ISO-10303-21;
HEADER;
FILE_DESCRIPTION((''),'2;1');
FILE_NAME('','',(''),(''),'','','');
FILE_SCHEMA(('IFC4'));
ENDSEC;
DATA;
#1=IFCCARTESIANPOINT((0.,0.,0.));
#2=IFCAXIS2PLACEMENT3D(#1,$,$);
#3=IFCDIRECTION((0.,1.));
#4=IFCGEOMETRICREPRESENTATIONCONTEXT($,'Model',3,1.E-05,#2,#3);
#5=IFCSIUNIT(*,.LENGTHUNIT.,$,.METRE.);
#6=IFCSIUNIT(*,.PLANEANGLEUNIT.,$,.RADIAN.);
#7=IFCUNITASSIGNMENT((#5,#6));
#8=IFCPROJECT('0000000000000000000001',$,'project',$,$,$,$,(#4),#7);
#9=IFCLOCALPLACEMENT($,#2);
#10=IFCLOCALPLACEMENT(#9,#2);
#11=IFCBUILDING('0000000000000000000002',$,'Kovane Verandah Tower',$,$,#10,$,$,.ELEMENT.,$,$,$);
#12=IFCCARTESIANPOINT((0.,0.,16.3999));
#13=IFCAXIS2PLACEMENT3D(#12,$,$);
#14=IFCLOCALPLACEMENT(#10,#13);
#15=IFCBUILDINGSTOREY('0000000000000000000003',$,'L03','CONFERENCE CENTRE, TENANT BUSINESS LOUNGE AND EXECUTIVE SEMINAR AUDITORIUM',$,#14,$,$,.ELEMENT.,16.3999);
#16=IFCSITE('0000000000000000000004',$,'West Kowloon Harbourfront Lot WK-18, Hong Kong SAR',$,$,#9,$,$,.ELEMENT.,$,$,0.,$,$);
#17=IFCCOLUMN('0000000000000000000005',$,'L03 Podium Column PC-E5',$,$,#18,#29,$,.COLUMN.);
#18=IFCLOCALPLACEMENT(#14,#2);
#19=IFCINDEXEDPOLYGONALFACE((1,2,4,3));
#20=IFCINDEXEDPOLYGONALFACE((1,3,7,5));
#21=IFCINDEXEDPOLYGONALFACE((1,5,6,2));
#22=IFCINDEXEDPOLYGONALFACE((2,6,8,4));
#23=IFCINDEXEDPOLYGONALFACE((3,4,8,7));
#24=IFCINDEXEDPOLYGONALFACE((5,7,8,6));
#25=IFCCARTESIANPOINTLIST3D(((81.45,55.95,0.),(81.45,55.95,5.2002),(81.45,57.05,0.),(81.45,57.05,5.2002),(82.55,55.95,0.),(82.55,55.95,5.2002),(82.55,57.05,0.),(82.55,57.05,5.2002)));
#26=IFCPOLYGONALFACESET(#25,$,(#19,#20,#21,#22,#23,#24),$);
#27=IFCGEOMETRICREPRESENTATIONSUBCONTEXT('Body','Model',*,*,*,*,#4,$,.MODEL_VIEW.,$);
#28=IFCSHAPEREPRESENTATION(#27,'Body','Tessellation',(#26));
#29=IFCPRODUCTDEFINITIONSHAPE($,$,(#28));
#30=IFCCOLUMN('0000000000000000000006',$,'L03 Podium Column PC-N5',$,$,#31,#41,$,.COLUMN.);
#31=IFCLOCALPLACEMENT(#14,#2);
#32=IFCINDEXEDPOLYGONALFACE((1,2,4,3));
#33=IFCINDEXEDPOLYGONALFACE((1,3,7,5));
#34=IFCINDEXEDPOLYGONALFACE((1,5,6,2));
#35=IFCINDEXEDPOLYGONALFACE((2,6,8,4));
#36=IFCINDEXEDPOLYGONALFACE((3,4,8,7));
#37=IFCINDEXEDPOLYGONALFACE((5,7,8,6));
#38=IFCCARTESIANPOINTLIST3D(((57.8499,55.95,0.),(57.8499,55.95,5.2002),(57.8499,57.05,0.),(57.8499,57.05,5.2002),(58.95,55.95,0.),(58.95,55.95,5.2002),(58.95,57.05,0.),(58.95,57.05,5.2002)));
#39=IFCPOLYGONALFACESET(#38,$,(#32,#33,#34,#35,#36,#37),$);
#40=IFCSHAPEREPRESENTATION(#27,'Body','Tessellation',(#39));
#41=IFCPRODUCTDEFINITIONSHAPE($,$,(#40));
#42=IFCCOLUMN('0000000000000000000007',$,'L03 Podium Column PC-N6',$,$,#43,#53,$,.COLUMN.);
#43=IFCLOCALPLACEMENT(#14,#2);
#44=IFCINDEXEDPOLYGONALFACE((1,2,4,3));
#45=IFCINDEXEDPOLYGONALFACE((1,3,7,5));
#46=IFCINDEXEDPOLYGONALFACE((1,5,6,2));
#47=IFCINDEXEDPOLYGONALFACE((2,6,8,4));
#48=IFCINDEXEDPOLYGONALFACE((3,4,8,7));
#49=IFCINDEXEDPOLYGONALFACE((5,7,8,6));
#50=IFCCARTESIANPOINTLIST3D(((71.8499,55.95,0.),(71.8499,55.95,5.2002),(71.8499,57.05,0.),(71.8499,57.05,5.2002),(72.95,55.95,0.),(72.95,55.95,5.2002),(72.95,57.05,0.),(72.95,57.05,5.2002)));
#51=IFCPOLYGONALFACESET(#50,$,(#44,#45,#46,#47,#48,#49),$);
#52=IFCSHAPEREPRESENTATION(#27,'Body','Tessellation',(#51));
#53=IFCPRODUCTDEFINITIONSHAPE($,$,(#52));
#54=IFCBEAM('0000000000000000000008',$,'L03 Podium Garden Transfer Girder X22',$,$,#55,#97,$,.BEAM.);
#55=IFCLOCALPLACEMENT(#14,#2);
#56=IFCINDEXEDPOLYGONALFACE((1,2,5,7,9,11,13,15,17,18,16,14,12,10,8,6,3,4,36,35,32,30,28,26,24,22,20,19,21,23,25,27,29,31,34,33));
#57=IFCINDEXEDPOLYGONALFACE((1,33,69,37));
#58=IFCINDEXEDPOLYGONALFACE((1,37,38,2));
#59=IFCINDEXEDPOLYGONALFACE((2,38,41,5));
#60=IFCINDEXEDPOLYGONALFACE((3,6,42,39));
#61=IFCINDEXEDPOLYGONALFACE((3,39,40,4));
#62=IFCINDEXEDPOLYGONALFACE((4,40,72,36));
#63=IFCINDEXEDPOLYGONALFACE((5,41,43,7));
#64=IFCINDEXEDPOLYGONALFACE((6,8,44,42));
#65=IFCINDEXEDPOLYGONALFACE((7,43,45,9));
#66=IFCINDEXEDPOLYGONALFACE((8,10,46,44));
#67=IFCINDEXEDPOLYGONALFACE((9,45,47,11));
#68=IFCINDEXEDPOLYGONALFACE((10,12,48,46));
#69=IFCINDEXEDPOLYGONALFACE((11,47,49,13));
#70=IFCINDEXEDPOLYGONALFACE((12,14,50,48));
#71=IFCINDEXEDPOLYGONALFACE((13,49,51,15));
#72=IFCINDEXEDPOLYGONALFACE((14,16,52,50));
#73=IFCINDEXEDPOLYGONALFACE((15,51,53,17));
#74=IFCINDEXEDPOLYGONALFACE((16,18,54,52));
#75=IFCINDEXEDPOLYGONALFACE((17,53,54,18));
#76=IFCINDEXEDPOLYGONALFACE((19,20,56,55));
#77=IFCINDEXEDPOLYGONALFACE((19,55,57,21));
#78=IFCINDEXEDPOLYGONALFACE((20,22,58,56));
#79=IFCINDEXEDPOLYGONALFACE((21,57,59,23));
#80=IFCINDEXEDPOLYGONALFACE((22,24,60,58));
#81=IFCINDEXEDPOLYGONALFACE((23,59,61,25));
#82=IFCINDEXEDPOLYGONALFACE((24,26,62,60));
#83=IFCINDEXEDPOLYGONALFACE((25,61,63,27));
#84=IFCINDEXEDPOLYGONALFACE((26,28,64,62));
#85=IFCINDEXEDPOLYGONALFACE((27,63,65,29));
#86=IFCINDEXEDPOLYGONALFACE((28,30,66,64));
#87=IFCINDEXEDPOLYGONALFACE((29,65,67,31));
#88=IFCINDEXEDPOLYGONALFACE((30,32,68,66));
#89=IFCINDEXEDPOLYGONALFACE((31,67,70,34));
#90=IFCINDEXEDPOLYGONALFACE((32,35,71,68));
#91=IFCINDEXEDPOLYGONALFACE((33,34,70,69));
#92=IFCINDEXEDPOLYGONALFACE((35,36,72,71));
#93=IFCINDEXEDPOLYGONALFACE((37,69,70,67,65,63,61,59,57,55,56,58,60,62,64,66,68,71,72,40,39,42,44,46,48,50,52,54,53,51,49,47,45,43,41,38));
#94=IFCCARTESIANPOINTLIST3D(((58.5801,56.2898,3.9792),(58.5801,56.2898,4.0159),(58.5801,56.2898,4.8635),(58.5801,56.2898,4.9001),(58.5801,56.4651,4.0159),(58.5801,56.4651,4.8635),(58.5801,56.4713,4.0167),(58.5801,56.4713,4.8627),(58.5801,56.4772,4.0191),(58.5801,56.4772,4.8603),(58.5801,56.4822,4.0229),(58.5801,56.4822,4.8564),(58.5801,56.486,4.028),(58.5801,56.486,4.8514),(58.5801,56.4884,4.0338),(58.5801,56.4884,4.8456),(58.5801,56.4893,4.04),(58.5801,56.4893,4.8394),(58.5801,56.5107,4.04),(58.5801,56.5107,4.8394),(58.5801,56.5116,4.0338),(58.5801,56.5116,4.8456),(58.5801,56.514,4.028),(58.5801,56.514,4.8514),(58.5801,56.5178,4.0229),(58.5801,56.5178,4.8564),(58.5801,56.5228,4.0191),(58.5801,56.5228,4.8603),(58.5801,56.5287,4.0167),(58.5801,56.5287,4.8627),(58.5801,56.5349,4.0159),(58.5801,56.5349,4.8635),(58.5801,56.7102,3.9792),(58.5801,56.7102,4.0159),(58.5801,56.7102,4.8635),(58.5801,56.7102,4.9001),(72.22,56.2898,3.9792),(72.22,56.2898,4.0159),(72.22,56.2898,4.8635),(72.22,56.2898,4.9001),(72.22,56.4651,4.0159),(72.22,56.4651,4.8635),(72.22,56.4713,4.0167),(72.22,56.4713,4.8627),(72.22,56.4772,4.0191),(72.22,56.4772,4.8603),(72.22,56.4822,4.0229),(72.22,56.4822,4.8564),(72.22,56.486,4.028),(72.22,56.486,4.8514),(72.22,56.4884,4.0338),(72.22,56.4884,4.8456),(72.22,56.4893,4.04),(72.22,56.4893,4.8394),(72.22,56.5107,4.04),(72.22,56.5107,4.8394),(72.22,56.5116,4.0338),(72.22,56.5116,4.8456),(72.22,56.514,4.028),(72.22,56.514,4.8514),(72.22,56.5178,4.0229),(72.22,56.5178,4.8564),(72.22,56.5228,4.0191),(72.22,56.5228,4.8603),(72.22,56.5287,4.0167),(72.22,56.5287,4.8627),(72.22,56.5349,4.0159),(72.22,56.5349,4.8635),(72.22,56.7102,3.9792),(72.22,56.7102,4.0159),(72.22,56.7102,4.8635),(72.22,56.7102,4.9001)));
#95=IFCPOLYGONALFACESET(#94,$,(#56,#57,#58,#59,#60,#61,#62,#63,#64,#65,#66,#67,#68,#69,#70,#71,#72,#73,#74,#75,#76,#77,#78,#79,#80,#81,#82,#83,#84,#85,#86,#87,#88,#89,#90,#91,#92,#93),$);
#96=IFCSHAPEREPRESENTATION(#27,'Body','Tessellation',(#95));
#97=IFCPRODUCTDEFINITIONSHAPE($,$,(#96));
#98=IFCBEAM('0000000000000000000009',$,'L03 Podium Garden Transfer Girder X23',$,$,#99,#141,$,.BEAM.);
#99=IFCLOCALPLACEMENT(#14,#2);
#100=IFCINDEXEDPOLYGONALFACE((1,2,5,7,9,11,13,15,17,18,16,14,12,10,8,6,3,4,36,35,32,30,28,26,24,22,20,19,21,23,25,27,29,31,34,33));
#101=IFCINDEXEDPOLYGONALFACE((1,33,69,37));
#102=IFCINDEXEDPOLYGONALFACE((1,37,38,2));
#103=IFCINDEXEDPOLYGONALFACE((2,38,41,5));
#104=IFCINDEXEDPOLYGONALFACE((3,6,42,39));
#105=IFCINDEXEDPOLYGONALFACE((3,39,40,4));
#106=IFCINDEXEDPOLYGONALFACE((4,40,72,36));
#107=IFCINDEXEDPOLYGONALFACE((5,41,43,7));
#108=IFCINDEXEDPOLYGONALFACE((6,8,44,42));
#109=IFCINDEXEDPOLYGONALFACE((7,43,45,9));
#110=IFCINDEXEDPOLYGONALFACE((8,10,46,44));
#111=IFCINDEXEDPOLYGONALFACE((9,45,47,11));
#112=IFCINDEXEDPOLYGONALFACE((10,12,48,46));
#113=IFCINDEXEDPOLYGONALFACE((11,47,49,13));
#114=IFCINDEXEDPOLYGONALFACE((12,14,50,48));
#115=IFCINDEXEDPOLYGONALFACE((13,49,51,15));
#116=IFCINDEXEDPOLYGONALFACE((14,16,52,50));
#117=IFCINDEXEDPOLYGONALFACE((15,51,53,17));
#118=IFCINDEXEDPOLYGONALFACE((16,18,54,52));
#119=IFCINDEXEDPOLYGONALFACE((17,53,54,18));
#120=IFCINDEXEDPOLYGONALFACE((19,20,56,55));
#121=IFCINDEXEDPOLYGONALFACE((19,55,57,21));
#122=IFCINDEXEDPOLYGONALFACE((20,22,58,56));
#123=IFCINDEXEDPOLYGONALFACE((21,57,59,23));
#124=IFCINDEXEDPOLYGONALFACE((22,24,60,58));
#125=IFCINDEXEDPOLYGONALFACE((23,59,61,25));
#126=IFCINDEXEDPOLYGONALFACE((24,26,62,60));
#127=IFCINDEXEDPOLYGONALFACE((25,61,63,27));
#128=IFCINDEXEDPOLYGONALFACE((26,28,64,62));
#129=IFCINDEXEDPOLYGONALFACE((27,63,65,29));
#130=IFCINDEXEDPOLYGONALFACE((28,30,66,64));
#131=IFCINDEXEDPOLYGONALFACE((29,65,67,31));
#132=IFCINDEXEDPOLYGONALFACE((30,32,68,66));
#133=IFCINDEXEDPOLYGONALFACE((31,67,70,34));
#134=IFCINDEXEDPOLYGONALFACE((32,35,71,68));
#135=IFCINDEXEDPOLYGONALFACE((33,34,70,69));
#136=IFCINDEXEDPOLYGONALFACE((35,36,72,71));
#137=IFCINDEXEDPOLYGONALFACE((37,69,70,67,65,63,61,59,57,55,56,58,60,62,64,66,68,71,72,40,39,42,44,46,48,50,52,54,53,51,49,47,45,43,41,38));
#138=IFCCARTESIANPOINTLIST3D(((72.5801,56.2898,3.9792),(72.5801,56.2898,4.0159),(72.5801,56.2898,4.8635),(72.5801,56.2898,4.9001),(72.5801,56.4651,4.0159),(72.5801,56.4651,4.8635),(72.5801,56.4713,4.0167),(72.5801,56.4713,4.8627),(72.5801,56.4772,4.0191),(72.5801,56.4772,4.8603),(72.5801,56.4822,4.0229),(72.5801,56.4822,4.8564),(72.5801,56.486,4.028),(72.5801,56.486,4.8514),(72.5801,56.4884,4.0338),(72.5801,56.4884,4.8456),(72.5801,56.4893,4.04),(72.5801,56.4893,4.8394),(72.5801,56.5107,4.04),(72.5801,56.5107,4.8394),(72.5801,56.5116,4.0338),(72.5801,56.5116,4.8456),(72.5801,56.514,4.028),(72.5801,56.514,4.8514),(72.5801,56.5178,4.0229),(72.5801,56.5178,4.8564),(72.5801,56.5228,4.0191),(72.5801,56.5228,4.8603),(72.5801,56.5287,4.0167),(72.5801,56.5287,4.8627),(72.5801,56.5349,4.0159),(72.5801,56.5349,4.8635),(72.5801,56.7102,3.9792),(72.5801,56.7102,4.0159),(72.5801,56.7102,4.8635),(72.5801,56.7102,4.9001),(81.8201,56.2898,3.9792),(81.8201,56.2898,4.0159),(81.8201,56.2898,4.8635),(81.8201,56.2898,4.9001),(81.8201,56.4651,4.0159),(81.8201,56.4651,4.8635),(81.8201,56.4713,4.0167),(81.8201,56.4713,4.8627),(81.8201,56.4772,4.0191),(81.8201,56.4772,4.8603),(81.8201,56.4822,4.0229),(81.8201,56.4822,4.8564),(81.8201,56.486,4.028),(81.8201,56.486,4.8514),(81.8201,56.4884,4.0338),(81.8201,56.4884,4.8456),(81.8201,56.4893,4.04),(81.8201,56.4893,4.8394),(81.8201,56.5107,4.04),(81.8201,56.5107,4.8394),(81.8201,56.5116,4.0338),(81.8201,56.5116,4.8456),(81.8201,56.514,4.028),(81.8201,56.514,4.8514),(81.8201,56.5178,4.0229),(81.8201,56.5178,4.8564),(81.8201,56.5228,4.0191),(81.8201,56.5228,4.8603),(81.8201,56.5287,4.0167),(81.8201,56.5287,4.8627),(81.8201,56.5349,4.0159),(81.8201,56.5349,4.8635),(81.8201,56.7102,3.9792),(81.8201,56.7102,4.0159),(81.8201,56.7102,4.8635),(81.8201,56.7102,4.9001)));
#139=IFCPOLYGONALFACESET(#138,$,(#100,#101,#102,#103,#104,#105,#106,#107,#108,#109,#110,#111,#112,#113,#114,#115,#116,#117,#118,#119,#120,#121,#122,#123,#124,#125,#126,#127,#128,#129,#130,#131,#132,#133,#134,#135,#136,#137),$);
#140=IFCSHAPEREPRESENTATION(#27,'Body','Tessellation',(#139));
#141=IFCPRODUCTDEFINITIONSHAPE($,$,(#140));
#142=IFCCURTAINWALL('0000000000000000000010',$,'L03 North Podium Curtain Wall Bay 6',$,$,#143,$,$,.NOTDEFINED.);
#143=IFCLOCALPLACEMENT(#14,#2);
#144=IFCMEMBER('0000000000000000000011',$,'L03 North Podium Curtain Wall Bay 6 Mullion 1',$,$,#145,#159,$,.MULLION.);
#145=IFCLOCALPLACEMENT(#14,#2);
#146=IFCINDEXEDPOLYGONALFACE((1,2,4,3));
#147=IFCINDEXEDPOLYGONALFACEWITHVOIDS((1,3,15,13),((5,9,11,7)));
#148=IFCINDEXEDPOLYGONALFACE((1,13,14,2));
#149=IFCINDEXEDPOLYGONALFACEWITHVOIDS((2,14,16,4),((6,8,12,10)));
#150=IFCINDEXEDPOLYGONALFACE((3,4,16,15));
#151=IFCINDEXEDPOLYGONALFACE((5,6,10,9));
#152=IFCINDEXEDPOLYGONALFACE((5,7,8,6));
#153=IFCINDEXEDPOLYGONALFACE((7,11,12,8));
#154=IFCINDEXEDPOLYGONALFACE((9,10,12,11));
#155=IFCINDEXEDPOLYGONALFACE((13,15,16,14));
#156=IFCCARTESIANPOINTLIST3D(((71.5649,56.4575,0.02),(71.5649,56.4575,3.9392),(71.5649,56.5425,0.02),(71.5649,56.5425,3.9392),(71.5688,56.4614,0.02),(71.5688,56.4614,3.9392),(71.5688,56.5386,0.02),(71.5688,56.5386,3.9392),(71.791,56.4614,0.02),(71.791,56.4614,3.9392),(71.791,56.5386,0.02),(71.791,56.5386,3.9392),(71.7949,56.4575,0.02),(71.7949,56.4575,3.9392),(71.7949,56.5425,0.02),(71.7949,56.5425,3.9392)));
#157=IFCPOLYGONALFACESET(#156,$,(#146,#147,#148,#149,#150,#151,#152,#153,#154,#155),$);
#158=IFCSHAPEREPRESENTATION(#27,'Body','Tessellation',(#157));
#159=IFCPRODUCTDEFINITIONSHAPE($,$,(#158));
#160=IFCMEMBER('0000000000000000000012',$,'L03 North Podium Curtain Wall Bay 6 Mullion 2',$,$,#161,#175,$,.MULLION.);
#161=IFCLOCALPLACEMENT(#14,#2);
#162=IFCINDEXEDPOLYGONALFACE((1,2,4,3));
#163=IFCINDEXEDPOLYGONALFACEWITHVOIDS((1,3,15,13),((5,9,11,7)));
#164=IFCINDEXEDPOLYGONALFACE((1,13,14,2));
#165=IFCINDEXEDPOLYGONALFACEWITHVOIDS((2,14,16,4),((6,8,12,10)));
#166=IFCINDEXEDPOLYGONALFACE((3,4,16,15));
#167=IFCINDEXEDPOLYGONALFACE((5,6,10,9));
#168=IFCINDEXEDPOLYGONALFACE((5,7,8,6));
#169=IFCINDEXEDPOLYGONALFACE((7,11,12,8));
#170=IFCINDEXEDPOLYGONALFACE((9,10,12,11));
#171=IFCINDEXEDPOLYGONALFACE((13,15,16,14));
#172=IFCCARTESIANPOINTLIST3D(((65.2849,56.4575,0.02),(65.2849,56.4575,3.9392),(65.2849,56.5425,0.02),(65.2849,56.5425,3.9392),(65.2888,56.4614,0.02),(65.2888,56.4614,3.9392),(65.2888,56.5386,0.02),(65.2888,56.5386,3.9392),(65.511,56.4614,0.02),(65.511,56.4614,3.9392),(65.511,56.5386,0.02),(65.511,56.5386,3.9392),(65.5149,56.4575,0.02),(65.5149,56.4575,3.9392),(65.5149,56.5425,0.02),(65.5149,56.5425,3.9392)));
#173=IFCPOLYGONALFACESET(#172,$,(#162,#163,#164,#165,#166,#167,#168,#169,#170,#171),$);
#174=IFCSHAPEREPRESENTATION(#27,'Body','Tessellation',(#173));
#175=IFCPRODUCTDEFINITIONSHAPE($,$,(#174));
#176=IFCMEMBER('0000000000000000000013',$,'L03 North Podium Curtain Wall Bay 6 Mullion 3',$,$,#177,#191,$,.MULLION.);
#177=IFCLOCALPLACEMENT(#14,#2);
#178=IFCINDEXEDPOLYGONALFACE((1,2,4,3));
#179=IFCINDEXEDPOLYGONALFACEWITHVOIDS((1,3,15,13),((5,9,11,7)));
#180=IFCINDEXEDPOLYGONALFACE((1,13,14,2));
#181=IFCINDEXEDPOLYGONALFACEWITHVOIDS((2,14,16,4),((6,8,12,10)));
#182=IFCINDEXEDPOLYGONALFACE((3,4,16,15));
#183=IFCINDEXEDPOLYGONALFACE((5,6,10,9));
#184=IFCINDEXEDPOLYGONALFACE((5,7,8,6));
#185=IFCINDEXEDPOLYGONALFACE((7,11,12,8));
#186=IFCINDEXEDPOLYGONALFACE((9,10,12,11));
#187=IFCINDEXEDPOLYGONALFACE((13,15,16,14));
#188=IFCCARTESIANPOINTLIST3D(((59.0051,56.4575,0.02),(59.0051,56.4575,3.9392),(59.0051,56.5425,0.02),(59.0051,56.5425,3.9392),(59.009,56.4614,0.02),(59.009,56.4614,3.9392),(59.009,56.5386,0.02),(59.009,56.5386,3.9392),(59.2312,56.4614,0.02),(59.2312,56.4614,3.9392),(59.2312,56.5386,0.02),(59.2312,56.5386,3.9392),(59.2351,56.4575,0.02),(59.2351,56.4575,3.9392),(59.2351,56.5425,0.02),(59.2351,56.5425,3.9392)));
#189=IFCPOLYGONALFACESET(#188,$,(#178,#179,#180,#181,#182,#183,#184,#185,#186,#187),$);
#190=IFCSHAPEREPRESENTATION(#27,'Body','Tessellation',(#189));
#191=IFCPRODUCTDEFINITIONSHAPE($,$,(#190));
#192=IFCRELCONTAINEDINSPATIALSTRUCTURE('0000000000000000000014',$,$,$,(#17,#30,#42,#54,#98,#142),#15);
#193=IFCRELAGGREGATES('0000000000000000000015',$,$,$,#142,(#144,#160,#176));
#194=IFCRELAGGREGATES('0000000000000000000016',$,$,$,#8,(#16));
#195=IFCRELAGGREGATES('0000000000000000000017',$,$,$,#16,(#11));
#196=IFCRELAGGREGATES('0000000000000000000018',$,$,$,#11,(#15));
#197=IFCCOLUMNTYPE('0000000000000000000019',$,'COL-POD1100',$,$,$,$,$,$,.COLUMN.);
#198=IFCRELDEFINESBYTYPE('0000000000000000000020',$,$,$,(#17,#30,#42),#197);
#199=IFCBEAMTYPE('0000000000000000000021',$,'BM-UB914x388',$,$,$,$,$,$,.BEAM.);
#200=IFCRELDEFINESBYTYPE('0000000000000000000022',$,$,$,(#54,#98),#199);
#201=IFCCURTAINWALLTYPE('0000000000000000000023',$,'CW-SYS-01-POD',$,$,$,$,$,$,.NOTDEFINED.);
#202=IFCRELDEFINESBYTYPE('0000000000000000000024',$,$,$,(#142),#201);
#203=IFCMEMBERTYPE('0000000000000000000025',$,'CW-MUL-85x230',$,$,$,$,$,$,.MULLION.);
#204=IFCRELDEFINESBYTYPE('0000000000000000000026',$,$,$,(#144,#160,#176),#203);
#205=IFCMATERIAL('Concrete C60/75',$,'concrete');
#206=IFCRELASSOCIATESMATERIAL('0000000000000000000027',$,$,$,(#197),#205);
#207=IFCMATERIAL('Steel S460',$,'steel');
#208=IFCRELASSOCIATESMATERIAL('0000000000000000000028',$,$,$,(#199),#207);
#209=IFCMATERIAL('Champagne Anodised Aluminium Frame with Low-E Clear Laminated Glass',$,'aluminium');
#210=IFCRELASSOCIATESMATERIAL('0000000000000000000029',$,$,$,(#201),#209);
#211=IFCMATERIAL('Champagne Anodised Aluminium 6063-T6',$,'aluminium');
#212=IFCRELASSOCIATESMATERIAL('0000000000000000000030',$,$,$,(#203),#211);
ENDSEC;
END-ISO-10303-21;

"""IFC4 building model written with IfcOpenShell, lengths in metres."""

from ifc_helpers import new_model, si_unit, direction, frame, origin, origin_2d, place, context, subcontext, project, spatial, rectangle, hollow_rectangle, i_section, extrude, material, material_profile, profile_set, type_object, element, aggregate, save


model = new_model("IFC4")

# Units and contexts
model_context = context("Model", 3, precision=1e-05, world=origin(), true_north=direction((0.0, 1.0)))
body_context = subcontext(model_context, "Body", "Model", "MODEL_VIEW")
ifc_project = project(units=[si_unit("LENGTHUNIT", "METRE"), si_unit("PLANEANGLEUNIT", "RADIAN")], contexts=[model_context])

# Site, building, storey
site_placement = place(None, origin())
site = spatial("IfcSite", under=ifc_project, at=site_placement, Name="West Kowloon Harbourfront Lot WK-18, Hong Kong SAR", CompositionType="ELEMENT", RefElevation=0.0)
building_placement = place(site_placement, origin())
building = spatial("IfcBuilding", under=site, at=building_placement, Name="Kovane Verandah Tower", CompositionType="ELEMENT")
storey_placement = place(building_placement, frame((0.0, 0.0, 16.3999)))
storey = spatial("IfcBuildingStorey", under=building, at=storey_placement, Name="L03", Description="CONFERENCE CENTRE, TENANT BUSINESS LOUNGE AND EXECUTIVE SEMINAR AUDITORIUM", CompositionType="ELEMENT", Elevation=16.3999)

# Columns
ifc_material_1 = material(Name="Concrete C60/75", Category="concrete")
ifc_material_profile_1 = material_profile(ifc_material_1, rectangle(XDim=1.1001, YDim=1.1001, at=origin_2d()), Name="RC1100x1100")
ifc_profile_set_1 = profile_set([ifc_material_profile_1], Name="Concrete C60/75")
column_type = type_object("IfcColumnType", Name="COL-POD1100", PredefinedType="COLUMN", material=ifc_profile_set_1)
for number, where, z_axis, x_axis, name in (
    (1, (82.0, 56.5, 0.0), (0.0, 0.0, 1.0), (1.0, 0.0, 0.0), "L03 Podium Column PC-E5"),
    (2, (58.3999, 56.5, 0.0), (0.0, 0.0, 1.0), (1.0, 0.0, 0.0), "L03 Podium Column PC-N5"),
    (3, (72.3999, 56.5, 0.0), (0.0, 0.0, 1.0), (1.0, 0.0, 0.0), "L03 Podium Column PC-N6"),
):
    element("IfcColumn", number, at=place(storey_placement, frame(where, z_axis=z_axis, x_axis=x_axis)), inside=storey, type_object=column_type, Name=name, PredefinedType="COLUMN", context=body_context, shape_type="SweptSolid", body=[
        extrude(rectangle(XDim=1.1001, YDim=1.1001, at=origin_2d()), origin(), (0.0, 0.0, 1.0), 5.2002),
    ])

# Beams
ifc_material_2 = material(Name="Steel S460", Category="steel")
ifc_material_profile_2 = material_profile(ifc_material_2, i_section(OverallWidth=0.4204, OverallDepth=0.9209, WebThickness=0.0215, FlangeThickness=0.0366, FilletRadius=0.0242, at=origin_2d()), Name="UB914x419x388")
ifc_profile_set_2 = profile_set([ifc_material_profile_2], Name="Steel S460")
beam_type_1 = type_object("IfcBeamType", Name="BM-UB914x388", PredefinedType="BEAM", material=ifc_profile_set_2)
beam_1_placement = place(storey_placement, frame((58.5801, 56.5, 4.4397), z_axis=(1.0, 0.0, 0.0), x_axis=(0.0, 1.0, 0.0)))
element("IfcBeam", 4, at=beam_1_placement, inside=storey, type_object=beam_type_1, Name="L03 Podium Garden Transfer Girder X22", PredefinedType="BEAM", context=body_context, shape_type="SweptSolid", body=[
    extrude(i_section(OverallWidth=0.4204, OverallDepth=0.9209, WebThickness=0.0215, FlangeThickness=0.0366, FilletRadius=0.0242, at=origin_2d()), origin(), (0.0, 0.0, 1.0), 13.6399),
])
beam_2_placement = place(storey_placement, frame((72.5801, 56.5, 4.4397), z_axis=(1.0, 0.0, 0.0), x_axis=(0.0, 1.0, 0.0)))
element("IfcBeam", 5, at=beam_2_placement, inside=storey, type_object=beam_type_1, Name="L03 Podium Garden Transfer Girder X23", PredefinedType="BEAM", context=body_context, shape_type="SweptSolid", body=[
    extrude(i_section(OverallWidth=0.4204, OverallDepth=0.9209, WebThickness=0.0215, FlangeThickness=0.0366, FilletRadius=0.0242, at=origin_2d()), origin(), (0.0, 0.0, 1.0), 9.24),
])

# Curtain wall, members
ifc_material_3 = material(Name="Champagne Anodised Aluminium Frame with Low-E Clear Laminated Glass", Category="aluminium")
curtain_wall_type = type_object("IfcCurtainWallType", Name="CW-SYS-01-POD", PredefinedType="NOTDEFINED", material=ifc_material_3)
curtain_wall_1_placement = place(storey_placement, origin())
curtain_wall_1 = element("IfcCurtainWall", 6, at=curtain_wall_1_placement, inside=storey, type_object=curtain_wall_type, Name="L03 North Podium Curtain Wall Bay 6", PredefinedType="NOTDEFINED")
ifc_material_4 = material(Name="Champagne Anodised Aluminium 6063-T6", Category="aluminium")
ifc_material_profile_3 = material_profile(ifc_material_4, hollow_rectangle(XDim=0.085, YDim=0.23, WallThickness=0.0039, at=origin_2d()), Name="AL85x230x4")
ifc_profile_set_3 = profile_set([ifc_material_profile_3], Name="Champagne Anodised Aluminium 6063-T6")
member_type_1 = type_object("IfcMemberType", Name="CW-MUL-85x230", PredefinedType="MULLION", material=ifc_profile_set_3)
member_1_placement = place(storey_placement, frame((71.6799, 56.5, 0.02), z_axis=(0.0, 0.0, 1.0), x_axis=(0.0, 1.0, 0.0)))
member_1 = element("IfcMember", 7, at=member_1_placement, type_object=member_type_1, Name="L03 North Podium Curtain Wall Bay 6 Mullion 1", PredefinedType="MULLION", context=body_context, shape_type="SweptSolid", body=[
    extrude(hollow_rectangle(XDim=0.085, YDim=0.23, WallThickness=0.0039, at=origin_2d()), origin(), (0.0, 0.0, 1.0), 3.9192),
])
member_2_placement = place(storey_placement, frame((65.3999, 56.5, 0.02), z_axis=(0.0, 0.0, 1.0), x_axis=(0.0, 1.0, 0.0)))
member_2 = element("IfcMember", 8, at=member_2_placement, type_object=member_type_1, Name="L03 North Podium Curtain Wall Bay 6 Mullion 2", PredefinedType="MULLION", context=body_context, shape_type="SweptSolid", body=[
    extrude(hollow_rectangle(XDim=0.085, YDim=0.23, WallThickness=0.0039, at=origin_2d()), origin(), (0.0, 0.0, 1.0), 3.9192),
])
member_3_placement = place(storey_placement, frame((59.1201, 56.5, 0.02), z_axis=(0.0, 0.0, 1.0), x_axis=(0.0, 1.0, 0.0)))
member_3 = element("IfcMember", 9, at=member_3_placement, type_object=member_type_1, Name="L03 North Podium Curtain Wall Bay 6 Mullion 3", PredefinedType="MULLION", context=body_context, shape_type="SweptSolid", body=[
    extrude(hollow_rectangle(XDim=0.085, YDim=0.23, WallThickness=0.0039, at=origin_2d()), origin(), (0.0, 0.0, 1.0), 3.9192),
])

aggregate(curtain_wall_1, [member_1, member_2, member_3])

save(model, "model.ifc")
